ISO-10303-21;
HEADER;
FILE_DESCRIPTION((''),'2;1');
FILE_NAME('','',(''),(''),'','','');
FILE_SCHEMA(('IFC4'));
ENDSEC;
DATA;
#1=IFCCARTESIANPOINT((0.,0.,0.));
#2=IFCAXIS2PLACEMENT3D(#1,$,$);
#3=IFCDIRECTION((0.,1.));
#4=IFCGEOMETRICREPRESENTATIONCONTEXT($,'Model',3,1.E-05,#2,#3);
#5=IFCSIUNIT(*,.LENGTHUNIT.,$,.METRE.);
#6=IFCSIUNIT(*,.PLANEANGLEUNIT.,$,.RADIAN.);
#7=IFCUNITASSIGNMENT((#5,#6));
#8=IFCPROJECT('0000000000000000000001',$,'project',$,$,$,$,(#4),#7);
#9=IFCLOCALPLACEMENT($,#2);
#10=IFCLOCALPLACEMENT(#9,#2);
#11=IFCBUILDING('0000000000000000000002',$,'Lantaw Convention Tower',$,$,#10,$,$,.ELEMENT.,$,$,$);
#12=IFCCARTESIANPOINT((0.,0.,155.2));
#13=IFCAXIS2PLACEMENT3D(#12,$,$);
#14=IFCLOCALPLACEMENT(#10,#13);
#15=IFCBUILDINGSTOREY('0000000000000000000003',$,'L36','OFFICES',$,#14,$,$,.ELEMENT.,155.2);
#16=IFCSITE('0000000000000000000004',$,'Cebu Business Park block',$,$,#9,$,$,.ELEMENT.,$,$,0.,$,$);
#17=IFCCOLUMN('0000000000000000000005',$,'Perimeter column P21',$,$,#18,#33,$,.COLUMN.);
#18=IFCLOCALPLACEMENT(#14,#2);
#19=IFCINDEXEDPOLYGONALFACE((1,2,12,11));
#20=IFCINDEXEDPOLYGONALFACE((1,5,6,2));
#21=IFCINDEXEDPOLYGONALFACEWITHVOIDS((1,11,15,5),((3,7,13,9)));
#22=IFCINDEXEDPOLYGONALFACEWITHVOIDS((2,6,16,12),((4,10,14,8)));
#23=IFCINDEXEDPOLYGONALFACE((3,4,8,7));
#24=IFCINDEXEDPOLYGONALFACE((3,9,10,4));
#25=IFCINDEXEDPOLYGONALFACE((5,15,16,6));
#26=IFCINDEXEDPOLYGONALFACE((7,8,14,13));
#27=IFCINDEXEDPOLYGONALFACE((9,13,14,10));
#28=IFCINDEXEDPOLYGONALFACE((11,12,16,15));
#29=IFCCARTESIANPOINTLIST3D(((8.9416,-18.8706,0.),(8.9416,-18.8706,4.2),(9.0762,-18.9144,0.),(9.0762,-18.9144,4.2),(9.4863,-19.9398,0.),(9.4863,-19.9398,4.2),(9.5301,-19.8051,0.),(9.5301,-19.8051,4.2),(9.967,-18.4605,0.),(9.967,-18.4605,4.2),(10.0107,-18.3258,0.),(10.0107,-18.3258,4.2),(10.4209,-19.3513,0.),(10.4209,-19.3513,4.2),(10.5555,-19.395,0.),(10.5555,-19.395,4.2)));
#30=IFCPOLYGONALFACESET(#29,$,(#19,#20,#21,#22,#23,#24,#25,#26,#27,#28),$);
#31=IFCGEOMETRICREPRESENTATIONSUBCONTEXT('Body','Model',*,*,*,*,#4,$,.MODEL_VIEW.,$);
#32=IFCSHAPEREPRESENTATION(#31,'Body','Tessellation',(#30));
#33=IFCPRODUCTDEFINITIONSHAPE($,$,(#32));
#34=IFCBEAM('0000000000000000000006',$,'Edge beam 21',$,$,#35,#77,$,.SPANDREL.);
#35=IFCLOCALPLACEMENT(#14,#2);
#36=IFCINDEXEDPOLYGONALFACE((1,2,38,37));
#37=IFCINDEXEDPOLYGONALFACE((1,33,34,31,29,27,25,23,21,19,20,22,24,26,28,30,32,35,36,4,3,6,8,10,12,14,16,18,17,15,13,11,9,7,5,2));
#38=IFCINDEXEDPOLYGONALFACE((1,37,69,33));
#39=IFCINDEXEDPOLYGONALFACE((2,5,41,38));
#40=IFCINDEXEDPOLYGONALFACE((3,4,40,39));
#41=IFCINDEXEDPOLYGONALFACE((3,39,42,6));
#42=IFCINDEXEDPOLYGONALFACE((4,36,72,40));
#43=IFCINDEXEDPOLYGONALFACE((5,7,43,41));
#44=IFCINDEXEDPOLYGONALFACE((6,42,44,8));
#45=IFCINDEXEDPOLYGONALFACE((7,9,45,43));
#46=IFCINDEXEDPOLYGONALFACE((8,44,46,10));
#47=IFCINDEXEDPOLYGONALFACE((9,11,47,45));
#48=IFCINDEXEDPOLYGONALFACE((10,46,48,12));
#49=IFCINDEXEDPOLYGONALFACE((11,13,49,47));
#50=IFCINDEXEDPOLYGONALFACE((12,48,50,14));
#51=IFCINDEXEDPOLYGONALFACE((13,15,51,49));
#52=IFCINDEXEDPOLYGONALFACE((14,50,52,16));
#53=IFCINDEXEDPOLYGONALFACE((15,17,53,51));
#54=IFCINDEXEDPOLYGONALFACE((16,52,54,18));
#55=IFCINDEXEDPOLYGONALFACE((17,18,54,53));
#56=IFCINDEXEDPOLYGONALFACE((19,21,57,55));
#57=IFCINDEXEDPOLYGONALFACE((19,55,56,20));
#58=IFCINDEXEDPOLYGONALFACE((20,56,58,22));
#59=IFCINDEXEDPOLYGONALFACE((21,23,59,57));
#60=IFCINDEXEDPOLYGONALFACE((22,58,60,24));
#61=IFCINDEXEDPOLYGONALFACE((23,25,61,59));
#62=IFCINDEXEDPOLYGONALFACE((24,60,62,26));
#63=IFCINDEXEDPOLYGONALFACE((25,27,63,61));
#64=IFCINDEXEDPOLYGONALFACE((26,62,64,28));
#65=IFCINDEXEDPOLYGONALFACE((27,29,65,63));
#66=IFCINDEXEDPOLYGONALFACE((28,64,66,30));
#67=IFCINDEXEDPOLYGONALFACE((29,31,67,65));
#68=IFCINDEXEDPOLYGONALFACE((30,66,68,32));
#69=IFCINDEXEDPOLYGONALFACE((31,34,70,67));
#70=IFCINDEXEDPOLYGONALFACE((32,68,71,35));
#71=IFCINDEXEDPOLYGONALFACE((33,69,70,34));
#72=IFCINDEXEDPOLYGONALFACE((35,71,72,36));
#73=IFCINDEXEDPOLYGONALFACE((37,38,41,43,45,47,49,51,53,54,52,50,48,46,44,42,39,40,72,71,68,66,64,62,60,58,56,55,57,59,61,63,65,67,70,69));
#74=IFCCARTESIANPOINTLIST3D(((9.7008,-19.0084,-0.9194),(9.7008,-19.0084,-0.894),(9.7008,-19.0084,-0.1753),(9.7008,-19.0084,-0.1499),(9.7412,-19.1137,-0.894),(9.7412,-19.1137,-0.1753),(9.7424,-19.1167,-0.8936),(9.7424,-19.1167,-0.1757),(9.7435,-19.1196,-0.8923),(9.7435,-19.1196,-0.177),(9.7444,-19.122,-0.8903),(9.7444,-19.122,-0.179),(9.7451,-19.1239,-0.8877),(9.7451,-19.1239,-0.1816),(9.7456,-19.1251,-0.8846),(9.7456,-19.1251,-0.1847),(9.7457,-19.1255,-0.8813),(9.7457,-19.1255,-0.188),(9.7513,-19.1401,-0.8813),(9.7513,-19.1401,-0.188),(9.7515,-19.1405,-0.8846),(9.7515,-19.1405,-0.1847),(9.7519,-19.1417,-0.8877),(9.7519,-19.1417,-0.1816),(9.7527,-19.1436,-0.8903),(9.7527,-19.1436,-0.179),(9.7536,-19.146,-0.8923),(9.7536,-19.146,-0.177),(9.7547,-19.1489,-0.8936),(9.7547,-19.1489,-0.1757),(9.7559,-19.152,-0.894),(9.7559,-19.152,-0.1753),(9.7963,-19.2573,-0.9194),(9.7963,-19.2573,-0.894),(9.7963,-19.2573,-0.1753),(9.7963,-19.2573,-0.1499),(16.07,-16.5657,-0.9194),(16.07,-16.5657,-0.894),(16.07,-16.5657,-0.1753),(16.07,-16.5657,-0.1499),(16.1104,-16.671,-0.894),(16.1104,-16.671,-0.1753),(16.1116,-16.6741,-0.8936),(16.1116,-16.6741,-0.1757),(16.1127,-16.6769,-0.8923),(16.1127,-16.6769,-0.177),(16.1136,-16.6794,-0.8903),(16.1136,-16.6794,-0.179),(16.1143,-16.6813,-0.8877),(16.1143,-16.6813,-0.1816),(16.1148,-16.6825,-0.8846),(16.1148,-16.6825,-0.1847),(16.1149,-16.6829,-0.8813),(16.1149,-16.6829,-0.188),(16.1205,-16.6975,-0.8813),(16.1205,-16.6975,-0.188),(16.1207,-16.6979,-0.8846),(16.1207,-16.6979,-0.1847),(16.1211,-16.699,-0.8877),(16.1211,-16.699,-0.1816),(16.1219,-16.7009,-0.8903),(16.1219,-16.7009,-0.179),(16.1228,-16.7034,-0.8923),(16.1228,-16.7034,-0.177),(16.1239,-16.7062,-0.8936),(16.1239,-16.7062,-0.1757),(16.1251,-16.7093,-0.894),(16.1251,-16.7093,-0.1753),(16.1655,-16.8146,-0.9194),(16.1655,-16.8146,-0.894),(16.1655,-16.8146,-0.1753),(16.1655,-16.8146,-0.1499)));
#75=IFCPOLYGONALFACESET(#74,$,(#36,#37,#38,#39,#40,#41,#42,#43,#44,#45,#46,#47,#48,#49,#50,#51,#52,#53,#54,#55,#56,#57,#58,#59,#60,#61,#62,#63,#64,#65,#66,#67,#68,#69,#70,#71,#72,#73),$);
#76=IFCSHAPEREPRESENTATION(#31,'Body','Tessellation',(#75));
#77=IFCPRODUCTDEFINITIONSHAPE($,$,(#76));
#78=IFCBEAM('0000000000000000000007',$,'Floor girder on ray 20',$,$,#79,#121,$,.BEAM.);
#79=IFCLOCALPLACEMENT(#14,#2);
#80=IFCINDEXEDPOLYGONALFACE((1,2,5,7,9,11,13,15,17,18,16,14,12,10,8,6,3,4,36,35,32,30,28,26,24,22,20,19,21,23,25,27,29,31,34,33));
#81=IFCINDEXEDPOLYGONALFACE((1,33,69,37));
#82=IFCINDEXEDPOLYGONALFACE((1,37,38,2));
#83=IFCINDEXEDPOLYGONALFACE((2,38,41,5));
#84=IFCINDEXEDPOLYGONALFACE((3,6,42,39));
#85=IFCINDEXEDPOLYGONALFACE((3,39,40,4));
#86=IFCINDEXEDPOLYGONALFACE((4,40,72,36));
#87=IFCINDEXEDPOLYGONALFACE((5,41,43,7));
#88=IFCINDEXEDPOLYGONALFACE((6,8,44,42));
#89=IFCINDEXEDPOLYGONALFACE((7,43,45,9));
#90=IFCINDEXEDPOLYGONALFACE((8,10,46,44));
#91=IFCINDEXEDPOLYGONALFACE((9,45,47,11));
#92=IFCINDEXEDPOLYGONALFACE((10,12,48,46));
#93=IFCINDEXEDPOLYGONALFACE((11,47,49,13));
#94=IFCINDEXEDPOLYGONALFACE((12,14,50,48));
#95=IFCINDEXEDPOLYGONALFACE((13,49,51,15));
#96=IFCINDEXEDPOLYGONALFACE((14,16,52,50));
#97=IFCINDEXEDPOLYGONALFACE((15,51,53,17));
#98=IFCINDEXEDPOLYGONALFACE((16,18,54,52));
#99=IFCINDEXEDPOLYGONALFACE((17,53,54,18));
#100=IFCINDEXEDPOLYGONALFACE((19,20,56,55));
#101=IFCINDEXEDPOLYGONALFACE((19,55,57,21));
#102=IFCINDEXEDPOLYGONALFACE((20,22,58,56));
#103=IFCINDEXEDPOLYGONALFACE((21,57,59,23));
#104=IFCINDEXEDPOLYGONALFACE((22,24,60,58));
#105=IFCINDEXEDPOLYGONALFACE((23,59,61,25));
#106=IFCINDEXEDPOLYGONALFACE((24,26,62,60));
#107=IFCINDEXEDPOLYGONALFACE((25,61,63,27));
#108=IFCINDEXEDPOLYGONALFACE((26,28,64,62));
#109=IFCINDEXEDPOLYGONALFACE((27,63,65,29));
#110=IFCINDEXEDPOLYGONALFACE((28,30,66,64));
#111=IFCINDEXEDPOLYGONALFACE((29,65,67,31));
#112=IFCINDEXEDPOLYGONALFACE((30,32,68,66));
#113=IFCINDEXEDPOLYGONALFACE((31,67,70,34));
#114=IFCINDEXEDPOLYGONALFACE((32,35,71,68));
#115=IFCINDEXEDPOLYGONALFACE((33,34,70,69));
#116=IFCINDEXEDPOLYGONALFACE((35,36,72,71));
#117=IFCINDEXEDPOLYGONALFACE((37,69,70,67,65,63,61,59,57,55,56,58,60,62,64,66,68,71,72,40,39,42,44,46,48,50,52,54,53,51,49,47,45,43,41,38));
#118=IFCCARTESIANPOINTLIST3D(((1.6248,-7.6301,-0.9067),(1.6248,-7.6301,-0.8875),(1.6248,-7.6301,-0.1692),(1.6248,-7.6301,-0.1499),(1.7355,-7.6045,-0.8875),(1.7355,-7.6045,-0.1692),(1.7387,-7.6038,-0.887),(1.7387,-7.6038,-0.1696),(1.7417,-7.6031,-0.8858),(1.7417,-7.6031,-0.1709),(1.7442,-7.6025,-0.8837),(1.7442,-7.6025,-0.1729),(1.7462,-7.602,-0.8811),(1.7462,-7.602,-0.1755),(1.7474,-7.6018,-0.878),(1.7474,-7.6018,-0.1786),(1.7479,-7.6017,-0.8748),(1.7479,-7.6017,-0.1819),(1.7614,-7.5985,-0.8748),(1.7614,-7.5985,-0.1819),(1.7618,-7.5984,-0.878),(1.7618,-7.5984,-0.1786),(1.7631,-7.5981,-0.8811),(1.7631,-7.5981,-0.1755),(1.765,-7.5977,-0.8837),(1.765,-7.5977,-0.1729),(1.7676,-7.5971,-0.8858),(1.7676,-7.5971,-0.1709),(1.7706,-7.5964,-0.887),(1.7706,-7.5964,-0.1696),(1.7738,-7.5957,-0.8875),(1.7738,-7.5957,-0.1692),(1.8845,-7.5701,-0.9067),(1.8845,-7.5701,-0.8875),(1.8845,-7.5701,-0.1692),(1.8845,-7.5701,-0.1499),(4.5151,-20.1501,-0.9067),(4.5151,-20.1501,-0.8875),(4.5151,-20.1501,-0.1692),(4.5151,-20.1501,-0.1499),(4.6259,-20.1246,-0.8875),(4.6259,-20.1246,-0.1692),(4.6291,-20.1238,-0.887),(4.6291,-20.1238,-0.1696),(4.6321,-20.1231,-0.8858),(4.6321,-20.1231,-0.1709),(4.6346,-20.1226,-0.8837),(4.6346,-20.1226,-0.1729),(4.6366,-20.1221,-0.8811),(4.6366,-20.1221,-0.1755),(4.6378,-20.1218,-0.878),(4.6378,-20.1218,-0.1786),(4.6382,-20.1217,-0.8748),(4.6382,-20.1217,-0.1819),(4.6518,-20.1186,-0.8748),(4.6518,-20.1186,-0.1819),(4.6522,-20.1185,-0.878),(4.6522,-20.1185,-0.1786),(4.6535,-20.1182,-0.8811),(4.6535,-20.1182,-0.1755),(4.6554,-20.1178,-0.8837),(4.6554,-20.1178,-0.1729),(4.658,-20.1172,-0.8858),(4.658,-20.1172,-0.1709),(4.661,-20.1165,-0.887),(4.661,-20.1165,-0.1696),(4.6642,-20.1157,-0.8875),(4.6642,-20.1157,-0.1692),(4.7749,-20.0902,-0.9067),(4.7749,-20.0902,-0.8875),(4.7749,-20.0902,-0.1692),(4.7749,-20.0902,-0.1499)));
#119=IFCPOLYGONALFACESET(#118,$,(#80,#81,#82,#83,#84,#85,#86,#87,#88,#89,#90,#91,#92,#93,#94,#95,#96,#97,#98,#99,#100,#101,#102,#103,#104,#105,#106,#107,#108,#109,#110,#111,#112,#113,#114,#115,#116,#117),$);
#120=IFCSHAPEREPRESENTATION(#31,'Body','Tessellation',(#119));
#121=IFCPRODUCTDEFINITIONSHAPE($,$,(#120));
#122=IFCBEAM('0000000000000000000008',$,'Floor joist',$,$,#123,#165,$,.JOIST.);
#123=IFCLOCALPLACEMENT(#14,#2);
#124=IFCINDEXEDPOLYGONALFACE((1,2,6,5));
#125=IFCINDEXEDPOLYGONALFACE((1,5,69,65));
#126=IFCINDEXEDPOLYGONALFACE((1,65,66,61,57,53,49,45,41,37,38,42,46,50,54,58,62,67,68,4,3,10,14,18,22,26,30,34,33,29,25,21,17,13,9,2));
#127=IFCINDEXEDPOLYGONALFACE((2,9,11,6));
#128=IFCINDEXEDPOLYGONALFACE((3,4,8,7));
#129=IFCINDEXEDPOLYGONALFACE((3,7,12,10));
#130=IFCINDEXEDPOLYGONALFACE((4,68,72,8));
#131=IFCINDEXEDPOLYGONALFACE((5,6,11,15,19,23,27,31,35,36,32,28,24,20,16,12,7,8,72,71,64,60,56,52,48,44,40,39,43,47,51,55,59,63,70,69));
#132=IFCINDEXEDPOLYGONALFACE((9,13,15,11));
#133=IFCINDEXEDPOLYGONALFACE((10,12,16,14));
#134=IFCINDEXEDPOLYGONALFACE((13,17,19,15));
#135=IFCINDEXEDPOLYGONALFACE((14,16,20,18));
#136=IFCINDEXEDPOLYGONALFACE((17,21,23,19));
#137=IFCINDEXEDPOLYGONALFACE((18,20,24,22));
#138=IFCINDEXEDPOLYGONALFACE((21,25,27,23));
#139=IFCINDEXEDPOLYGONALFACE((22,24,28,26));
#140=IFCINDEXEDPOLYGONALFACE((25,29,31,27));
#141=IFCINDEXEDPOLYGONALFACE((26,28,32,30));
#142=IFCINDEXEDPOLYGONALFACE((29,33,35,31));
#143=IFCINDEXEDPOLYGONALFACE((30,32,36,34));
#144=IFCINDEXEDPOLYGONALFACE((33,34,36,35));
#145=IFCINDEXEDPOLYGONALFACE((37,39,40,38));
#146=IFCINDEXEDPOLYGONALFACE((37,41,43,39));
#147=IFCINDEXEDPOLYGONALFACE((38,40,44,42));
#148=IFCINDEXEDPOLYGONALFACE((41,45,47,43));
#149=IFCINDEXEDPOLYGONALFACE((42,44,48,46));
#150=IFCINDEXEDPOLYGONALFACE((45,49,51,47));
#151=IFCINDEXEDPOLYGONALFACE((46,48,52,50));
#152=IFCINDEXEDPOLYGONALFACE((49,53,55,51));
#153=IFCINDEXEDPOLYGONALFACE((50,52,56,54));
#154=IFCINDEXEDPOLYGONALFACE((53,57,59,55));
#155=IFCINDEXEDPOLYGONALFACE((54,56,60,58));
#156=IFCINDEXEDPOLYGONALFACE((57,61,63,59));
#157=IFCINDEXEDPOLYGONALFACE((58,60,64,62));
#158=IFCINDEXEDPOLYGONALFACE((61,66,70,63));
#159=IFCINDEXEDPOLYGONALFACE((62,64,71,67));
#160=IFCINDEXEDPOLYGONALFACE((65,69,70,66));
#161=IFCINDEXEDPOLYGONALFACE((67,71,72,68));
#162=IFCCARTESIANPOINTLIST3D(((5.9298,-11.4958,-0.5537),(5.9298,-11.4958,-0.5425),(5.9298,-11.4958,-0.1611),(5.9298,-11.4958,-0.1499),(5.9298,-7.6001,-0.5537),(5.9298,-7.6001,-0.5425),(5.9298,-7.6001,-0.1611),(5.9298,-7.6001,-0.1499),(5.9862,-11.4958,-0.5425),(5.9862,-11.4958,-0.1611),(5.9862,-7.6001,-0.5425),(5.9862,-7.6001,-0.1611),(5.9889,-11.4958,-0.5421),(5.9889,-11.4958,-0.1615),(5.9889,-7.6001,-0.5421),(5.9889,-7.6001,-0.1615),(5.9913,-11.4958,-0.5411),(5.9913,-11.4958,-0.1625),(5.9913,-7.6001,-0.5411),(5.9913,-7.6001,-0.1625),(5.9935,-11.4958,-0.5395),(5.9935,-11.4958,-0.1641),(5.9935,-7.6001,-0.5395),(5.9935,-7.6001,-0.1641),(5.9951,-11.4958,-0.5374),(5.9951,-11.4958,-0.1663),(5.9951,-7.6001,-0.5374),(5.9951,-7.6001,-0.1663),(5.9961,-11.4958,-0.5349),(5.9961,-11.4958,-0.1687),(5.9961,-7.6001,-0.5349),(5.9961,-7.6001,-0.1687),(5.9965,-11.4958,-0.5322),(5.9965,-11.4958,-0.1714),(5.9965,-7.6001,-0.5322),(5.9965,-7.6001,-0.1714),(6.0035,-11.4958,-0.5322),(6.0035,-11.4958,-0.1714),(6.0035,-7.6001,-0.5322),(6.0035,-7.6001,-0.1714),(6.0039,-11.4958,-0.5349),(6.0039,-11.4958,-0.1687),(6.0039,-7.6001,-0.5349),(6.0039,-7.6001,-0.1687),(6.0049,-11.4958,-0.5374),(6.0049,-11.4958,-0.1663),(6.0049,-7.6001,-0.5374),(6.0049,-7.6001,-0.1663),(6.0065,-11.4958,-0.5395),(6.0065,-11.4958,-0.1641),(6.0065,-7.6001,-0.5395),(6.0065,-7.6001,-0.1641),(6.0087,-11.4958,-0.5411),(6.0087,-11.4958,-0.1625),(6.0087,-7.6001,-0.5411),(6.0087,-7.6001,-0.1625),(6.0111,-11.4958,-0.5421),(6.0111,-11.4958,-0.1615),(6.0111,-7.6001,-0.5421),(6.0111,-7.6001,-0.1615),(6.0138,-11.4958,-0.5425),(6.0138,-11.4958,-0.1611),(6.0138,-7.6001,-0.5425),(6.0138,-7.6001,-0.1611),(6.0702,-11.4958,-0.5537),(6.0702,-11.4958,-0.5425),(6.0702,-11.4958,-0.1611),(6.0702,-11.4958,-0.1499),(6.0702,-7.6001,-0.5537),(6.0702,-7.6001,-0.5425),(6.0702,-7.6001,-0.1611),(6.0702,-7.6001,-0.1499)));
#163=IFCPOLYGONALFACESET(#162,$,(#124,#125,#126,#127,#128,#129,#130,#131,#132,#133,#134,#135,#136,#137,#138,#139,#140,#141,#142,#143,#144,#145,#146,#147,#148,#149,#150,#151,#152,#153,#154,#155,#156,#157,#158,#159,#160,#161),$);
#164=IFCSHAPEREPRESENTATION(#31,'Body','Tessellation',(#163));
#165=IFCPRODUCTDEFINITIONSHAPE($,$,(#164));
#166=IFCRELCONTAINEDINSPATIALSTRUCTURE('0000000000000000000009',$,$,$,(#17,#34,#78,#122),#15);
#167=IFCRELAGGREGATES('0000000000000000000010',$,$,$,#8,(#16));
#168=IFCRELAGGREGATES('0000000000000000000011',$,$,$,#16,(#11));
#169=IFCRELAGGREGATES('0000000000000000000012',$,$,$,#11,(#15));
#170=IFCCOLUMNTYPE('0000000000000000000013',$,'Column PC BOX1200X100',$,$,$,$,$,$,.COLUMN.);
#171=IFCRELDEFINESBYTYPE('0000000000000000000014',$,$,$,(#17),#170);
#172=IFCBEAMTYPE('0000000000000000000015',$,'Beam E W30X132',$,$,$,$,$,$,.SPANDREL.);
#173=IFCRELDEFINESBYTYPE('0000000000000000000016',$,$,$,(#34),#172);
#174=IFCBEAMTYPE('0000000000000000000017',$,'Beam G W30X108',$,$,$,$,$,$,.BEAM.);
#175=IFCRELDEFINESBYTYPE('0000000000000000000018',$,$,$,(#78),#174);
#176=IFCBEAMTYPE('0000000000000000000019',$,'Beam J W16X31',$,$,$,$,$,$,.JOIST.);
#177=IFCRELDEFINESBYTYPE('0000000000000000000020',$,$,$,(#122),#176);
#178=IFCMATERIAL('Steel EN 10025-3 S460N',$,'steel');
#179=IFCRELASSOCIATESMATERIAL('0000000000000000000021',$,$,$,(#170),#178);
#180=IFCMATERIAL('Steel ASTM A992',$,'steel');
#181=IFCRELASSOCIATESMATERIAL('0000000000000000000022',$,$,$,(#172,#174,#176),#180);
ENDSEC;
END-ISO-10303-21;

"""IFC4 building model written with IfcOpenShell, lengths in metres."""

from ifc_helpers import new_model, si_unit, direction, frame, origin, origin_2d, place, context, subcontext, project, spatial, rectangle, hollow_rectangle, i_section, extrude, material, material_profile, profile_set, type_object, element, save


model = new_model("IFC4")

# Units and contexts
model_context = context("Model", 3, precision=1e-05, world=origin(), true_north=direction((0.0, 1.0)))
body_context = subcontext(model_context, "Body", "Model", "MODEL_VIEW")
ifc_project = project(units=[si_unit("LENGTHUNIT", "METRE"), si_unit("PLANEANGLEUNIT", "RADIAN")], contexts=[model_context])

# Site, building, storey
site_placement = place(None, origin())
site = spatial("IfcSite", under=ifc_project, at=site_placement, Name="Cebu Business Park block", CompositionType="ELEMENT", RefElevation=0.0)
building_placement = place(site_placement, origin())
building = spatial("IfcBuilding", under=site, at=building_placement, Name="Lantaw Convention Tower", CompositionType="ELEMENT")
storey_placement = place(building_placement, frame((0.0, 0.0, 155.2)))
storey = spatial("IfcBuildingStorey", under=building, at=storey_placement, Name="L36", Description="OFFICES", CompositionType="ELEMENT", Elevation=155.2)

# Column
ifc_material_1 = material(Name="Steel EN 10025-3 S460N", Category="steel")
ifc_material_profile_1 = material_profile(ifc_material_1, hollow_rectangle(XDim=1.2, YDim=1.2, WallThickness=0.1001, at=origin_2d()), Name="BOX1200X100")
ifc_material_2 = material(Name="Concrete C60/75", Category="concrete")
ifc_material_profile_2 = material_profile(ifc_material_2, rectangle(XDim=1.0, YDim=1.0, at=origin_2d()), Name="Concrete fill of BOX1200X100")
ifc_profile_set_1 = profile_set([ifc_material_profile_1, ifc_material_profile_2], Name="Steel EN 10025-3 S460N")
column_type = type_object("IfcColumnType", Name="Column PC BOX1200X100", PredefinedType="COLUMN", material=ifc_profile_set_1)
column_placement = place(storey_placement, frame((9.7485, -19.1328, 0.0), z_axis=(0.0, 0.0, 1.0), x_axis=(0.891007, 0.45399, 0.0)))
element("IfcColumn", 1, at=column_placement, inside=storey, type_object=column_type, Name="Perimeter column P21", PredefinedType="COLUMN", context=body_context, shape_type="SweptSolid", body=[
    extrude(hollow_rectangle(XDim=1.2, YDim=1.2, WallThickness=0.1001, at=origin_2d()), origin(), (0.0, 0.0, 1.0), 4.2),
])

# Beams
ifc_material_3 = material(Name="Steel ASTM A992", Category="steel")
ifc_material_profile_3 = material_profile(ifc_material_3, i_section(OverallWidth=0.2666, OverallDepth=0.7695, WebThickness=0.0156, FlangeThickness=0.0254, FilletRadius=0.0127, at=origin_2d()), Name="W30X132")
ifc_profile_set_2 = profile_set([ifc_material_profile_3], Name="Steel ASTM A992")
beam_type_1 = type_object("IfcBeamType", Name="Beam E W30X132", PredefinedType="SPANDREL", material=ifc_profile_set_2)
beam_1_placement = place(storey_placement, frame((9.7485, -19.1328, -0.5347), z_axis=(0.933691, 0.35808, 0.0), x_axis=(-0.35808, 0.933691, 0.0)))
element("IfcBeam", 2, at=beam_1_placement, inside=storey, type_object=beam_type_1, Name="Edge beam 21", PredefinedType="SPANDREL", context=body_context, shape_type="SweptSolid", body=[
    extrude(i_section(OverallWidth=0.2666, OverallDepth=0.7695, WebThickness=0.0156, FlangeThickness=0.0254, FilletRadius=0.0127, at=origin_2d()), origin(), (0.0, 0.0, 1.0), 6.8215),
])
ifc_material_profile_4 = material_profile(ifc_material_3, i_section(OverallWidth=0.2666, OverallDepth=0.7568, WebThickness=0.0139, FlangeThickness=0.0193, FilletRadius=0.0127, at=origin_2d()), Name="W30X108")
ifc_profile_set_3 = profile_set([ifc_material_profile_4], Name="Steel ASTM A992")
beam_type_2 = type_object("IfcBeamType", Name="Beam G W30X108", PredefinedType="BEAM", material=ifc_profile_set_3)
beam_2_placement = place(storey_placement, frame((1.7546, -7.6001, -0.5283), z_axis=(0.224944, -0.974372, 0.0), x_axis=(0.974372, 0.224944, 0.0)))
element("IfcBeam", 3, at=beam_2_placement, inside=storey, type_object=beam_type_2, Name="Floor girder on ray 20", PredefinedType="BEAM", context=body_context, shape_type="SweptSolid", body=[
    extrude(i_section(OverallWidth=0.2666, OverallDepth=0.7568, WebThickness=0.0139, FlangeThickness=0.0193, FilletRadius=0.0127, at=origin_2d()), origin(), (0.0, 0.0, 1.0), 12.8494),
])
ifc_material_profile_5 = material_profile(ifc_material_3, i_section(OverallWidth=0.1404, OverallDepth=0.4038, WebThickness=0.0071, FlangeThickness=0.0112, FilletRadius=0.0103, at=origin_2d()), Name="W16X31")
ifc_profile_set_4 = profile_set([ifc_material_profile_5], Name="Steel ASTM A992")
beam_type_3 = type_object("IfcBeamType", Name="Beam J W16X31", PredefinedType="JOIST", material=ifc_profile_set_4)
beam_3_placement = place(storey_placement, frame((6.0, -11.4958, -0.3518), z_axis=(0.0, 1.0, 0.0), x_axis=(-1.0, 0.0, 0.0)))
element("IfcBeam", 4, at=beam_3_placement, inside=storey, type_object=beam_type_3, Name="Floor joist", PredefinedType="JOIST", context=body_context, shape_type="SweptSolid", body=[
    extrude(i_section(OverallWidth=0.1404, OverallDepth=0.4038, WebThickness=0.0071, FlangeThickness=0.0112, FilletRadius=0.0103, at=origin_2d()), origin(), (0.0, 0.0, 1.0), 3.8958),
])

save(model, "model.ifc")
